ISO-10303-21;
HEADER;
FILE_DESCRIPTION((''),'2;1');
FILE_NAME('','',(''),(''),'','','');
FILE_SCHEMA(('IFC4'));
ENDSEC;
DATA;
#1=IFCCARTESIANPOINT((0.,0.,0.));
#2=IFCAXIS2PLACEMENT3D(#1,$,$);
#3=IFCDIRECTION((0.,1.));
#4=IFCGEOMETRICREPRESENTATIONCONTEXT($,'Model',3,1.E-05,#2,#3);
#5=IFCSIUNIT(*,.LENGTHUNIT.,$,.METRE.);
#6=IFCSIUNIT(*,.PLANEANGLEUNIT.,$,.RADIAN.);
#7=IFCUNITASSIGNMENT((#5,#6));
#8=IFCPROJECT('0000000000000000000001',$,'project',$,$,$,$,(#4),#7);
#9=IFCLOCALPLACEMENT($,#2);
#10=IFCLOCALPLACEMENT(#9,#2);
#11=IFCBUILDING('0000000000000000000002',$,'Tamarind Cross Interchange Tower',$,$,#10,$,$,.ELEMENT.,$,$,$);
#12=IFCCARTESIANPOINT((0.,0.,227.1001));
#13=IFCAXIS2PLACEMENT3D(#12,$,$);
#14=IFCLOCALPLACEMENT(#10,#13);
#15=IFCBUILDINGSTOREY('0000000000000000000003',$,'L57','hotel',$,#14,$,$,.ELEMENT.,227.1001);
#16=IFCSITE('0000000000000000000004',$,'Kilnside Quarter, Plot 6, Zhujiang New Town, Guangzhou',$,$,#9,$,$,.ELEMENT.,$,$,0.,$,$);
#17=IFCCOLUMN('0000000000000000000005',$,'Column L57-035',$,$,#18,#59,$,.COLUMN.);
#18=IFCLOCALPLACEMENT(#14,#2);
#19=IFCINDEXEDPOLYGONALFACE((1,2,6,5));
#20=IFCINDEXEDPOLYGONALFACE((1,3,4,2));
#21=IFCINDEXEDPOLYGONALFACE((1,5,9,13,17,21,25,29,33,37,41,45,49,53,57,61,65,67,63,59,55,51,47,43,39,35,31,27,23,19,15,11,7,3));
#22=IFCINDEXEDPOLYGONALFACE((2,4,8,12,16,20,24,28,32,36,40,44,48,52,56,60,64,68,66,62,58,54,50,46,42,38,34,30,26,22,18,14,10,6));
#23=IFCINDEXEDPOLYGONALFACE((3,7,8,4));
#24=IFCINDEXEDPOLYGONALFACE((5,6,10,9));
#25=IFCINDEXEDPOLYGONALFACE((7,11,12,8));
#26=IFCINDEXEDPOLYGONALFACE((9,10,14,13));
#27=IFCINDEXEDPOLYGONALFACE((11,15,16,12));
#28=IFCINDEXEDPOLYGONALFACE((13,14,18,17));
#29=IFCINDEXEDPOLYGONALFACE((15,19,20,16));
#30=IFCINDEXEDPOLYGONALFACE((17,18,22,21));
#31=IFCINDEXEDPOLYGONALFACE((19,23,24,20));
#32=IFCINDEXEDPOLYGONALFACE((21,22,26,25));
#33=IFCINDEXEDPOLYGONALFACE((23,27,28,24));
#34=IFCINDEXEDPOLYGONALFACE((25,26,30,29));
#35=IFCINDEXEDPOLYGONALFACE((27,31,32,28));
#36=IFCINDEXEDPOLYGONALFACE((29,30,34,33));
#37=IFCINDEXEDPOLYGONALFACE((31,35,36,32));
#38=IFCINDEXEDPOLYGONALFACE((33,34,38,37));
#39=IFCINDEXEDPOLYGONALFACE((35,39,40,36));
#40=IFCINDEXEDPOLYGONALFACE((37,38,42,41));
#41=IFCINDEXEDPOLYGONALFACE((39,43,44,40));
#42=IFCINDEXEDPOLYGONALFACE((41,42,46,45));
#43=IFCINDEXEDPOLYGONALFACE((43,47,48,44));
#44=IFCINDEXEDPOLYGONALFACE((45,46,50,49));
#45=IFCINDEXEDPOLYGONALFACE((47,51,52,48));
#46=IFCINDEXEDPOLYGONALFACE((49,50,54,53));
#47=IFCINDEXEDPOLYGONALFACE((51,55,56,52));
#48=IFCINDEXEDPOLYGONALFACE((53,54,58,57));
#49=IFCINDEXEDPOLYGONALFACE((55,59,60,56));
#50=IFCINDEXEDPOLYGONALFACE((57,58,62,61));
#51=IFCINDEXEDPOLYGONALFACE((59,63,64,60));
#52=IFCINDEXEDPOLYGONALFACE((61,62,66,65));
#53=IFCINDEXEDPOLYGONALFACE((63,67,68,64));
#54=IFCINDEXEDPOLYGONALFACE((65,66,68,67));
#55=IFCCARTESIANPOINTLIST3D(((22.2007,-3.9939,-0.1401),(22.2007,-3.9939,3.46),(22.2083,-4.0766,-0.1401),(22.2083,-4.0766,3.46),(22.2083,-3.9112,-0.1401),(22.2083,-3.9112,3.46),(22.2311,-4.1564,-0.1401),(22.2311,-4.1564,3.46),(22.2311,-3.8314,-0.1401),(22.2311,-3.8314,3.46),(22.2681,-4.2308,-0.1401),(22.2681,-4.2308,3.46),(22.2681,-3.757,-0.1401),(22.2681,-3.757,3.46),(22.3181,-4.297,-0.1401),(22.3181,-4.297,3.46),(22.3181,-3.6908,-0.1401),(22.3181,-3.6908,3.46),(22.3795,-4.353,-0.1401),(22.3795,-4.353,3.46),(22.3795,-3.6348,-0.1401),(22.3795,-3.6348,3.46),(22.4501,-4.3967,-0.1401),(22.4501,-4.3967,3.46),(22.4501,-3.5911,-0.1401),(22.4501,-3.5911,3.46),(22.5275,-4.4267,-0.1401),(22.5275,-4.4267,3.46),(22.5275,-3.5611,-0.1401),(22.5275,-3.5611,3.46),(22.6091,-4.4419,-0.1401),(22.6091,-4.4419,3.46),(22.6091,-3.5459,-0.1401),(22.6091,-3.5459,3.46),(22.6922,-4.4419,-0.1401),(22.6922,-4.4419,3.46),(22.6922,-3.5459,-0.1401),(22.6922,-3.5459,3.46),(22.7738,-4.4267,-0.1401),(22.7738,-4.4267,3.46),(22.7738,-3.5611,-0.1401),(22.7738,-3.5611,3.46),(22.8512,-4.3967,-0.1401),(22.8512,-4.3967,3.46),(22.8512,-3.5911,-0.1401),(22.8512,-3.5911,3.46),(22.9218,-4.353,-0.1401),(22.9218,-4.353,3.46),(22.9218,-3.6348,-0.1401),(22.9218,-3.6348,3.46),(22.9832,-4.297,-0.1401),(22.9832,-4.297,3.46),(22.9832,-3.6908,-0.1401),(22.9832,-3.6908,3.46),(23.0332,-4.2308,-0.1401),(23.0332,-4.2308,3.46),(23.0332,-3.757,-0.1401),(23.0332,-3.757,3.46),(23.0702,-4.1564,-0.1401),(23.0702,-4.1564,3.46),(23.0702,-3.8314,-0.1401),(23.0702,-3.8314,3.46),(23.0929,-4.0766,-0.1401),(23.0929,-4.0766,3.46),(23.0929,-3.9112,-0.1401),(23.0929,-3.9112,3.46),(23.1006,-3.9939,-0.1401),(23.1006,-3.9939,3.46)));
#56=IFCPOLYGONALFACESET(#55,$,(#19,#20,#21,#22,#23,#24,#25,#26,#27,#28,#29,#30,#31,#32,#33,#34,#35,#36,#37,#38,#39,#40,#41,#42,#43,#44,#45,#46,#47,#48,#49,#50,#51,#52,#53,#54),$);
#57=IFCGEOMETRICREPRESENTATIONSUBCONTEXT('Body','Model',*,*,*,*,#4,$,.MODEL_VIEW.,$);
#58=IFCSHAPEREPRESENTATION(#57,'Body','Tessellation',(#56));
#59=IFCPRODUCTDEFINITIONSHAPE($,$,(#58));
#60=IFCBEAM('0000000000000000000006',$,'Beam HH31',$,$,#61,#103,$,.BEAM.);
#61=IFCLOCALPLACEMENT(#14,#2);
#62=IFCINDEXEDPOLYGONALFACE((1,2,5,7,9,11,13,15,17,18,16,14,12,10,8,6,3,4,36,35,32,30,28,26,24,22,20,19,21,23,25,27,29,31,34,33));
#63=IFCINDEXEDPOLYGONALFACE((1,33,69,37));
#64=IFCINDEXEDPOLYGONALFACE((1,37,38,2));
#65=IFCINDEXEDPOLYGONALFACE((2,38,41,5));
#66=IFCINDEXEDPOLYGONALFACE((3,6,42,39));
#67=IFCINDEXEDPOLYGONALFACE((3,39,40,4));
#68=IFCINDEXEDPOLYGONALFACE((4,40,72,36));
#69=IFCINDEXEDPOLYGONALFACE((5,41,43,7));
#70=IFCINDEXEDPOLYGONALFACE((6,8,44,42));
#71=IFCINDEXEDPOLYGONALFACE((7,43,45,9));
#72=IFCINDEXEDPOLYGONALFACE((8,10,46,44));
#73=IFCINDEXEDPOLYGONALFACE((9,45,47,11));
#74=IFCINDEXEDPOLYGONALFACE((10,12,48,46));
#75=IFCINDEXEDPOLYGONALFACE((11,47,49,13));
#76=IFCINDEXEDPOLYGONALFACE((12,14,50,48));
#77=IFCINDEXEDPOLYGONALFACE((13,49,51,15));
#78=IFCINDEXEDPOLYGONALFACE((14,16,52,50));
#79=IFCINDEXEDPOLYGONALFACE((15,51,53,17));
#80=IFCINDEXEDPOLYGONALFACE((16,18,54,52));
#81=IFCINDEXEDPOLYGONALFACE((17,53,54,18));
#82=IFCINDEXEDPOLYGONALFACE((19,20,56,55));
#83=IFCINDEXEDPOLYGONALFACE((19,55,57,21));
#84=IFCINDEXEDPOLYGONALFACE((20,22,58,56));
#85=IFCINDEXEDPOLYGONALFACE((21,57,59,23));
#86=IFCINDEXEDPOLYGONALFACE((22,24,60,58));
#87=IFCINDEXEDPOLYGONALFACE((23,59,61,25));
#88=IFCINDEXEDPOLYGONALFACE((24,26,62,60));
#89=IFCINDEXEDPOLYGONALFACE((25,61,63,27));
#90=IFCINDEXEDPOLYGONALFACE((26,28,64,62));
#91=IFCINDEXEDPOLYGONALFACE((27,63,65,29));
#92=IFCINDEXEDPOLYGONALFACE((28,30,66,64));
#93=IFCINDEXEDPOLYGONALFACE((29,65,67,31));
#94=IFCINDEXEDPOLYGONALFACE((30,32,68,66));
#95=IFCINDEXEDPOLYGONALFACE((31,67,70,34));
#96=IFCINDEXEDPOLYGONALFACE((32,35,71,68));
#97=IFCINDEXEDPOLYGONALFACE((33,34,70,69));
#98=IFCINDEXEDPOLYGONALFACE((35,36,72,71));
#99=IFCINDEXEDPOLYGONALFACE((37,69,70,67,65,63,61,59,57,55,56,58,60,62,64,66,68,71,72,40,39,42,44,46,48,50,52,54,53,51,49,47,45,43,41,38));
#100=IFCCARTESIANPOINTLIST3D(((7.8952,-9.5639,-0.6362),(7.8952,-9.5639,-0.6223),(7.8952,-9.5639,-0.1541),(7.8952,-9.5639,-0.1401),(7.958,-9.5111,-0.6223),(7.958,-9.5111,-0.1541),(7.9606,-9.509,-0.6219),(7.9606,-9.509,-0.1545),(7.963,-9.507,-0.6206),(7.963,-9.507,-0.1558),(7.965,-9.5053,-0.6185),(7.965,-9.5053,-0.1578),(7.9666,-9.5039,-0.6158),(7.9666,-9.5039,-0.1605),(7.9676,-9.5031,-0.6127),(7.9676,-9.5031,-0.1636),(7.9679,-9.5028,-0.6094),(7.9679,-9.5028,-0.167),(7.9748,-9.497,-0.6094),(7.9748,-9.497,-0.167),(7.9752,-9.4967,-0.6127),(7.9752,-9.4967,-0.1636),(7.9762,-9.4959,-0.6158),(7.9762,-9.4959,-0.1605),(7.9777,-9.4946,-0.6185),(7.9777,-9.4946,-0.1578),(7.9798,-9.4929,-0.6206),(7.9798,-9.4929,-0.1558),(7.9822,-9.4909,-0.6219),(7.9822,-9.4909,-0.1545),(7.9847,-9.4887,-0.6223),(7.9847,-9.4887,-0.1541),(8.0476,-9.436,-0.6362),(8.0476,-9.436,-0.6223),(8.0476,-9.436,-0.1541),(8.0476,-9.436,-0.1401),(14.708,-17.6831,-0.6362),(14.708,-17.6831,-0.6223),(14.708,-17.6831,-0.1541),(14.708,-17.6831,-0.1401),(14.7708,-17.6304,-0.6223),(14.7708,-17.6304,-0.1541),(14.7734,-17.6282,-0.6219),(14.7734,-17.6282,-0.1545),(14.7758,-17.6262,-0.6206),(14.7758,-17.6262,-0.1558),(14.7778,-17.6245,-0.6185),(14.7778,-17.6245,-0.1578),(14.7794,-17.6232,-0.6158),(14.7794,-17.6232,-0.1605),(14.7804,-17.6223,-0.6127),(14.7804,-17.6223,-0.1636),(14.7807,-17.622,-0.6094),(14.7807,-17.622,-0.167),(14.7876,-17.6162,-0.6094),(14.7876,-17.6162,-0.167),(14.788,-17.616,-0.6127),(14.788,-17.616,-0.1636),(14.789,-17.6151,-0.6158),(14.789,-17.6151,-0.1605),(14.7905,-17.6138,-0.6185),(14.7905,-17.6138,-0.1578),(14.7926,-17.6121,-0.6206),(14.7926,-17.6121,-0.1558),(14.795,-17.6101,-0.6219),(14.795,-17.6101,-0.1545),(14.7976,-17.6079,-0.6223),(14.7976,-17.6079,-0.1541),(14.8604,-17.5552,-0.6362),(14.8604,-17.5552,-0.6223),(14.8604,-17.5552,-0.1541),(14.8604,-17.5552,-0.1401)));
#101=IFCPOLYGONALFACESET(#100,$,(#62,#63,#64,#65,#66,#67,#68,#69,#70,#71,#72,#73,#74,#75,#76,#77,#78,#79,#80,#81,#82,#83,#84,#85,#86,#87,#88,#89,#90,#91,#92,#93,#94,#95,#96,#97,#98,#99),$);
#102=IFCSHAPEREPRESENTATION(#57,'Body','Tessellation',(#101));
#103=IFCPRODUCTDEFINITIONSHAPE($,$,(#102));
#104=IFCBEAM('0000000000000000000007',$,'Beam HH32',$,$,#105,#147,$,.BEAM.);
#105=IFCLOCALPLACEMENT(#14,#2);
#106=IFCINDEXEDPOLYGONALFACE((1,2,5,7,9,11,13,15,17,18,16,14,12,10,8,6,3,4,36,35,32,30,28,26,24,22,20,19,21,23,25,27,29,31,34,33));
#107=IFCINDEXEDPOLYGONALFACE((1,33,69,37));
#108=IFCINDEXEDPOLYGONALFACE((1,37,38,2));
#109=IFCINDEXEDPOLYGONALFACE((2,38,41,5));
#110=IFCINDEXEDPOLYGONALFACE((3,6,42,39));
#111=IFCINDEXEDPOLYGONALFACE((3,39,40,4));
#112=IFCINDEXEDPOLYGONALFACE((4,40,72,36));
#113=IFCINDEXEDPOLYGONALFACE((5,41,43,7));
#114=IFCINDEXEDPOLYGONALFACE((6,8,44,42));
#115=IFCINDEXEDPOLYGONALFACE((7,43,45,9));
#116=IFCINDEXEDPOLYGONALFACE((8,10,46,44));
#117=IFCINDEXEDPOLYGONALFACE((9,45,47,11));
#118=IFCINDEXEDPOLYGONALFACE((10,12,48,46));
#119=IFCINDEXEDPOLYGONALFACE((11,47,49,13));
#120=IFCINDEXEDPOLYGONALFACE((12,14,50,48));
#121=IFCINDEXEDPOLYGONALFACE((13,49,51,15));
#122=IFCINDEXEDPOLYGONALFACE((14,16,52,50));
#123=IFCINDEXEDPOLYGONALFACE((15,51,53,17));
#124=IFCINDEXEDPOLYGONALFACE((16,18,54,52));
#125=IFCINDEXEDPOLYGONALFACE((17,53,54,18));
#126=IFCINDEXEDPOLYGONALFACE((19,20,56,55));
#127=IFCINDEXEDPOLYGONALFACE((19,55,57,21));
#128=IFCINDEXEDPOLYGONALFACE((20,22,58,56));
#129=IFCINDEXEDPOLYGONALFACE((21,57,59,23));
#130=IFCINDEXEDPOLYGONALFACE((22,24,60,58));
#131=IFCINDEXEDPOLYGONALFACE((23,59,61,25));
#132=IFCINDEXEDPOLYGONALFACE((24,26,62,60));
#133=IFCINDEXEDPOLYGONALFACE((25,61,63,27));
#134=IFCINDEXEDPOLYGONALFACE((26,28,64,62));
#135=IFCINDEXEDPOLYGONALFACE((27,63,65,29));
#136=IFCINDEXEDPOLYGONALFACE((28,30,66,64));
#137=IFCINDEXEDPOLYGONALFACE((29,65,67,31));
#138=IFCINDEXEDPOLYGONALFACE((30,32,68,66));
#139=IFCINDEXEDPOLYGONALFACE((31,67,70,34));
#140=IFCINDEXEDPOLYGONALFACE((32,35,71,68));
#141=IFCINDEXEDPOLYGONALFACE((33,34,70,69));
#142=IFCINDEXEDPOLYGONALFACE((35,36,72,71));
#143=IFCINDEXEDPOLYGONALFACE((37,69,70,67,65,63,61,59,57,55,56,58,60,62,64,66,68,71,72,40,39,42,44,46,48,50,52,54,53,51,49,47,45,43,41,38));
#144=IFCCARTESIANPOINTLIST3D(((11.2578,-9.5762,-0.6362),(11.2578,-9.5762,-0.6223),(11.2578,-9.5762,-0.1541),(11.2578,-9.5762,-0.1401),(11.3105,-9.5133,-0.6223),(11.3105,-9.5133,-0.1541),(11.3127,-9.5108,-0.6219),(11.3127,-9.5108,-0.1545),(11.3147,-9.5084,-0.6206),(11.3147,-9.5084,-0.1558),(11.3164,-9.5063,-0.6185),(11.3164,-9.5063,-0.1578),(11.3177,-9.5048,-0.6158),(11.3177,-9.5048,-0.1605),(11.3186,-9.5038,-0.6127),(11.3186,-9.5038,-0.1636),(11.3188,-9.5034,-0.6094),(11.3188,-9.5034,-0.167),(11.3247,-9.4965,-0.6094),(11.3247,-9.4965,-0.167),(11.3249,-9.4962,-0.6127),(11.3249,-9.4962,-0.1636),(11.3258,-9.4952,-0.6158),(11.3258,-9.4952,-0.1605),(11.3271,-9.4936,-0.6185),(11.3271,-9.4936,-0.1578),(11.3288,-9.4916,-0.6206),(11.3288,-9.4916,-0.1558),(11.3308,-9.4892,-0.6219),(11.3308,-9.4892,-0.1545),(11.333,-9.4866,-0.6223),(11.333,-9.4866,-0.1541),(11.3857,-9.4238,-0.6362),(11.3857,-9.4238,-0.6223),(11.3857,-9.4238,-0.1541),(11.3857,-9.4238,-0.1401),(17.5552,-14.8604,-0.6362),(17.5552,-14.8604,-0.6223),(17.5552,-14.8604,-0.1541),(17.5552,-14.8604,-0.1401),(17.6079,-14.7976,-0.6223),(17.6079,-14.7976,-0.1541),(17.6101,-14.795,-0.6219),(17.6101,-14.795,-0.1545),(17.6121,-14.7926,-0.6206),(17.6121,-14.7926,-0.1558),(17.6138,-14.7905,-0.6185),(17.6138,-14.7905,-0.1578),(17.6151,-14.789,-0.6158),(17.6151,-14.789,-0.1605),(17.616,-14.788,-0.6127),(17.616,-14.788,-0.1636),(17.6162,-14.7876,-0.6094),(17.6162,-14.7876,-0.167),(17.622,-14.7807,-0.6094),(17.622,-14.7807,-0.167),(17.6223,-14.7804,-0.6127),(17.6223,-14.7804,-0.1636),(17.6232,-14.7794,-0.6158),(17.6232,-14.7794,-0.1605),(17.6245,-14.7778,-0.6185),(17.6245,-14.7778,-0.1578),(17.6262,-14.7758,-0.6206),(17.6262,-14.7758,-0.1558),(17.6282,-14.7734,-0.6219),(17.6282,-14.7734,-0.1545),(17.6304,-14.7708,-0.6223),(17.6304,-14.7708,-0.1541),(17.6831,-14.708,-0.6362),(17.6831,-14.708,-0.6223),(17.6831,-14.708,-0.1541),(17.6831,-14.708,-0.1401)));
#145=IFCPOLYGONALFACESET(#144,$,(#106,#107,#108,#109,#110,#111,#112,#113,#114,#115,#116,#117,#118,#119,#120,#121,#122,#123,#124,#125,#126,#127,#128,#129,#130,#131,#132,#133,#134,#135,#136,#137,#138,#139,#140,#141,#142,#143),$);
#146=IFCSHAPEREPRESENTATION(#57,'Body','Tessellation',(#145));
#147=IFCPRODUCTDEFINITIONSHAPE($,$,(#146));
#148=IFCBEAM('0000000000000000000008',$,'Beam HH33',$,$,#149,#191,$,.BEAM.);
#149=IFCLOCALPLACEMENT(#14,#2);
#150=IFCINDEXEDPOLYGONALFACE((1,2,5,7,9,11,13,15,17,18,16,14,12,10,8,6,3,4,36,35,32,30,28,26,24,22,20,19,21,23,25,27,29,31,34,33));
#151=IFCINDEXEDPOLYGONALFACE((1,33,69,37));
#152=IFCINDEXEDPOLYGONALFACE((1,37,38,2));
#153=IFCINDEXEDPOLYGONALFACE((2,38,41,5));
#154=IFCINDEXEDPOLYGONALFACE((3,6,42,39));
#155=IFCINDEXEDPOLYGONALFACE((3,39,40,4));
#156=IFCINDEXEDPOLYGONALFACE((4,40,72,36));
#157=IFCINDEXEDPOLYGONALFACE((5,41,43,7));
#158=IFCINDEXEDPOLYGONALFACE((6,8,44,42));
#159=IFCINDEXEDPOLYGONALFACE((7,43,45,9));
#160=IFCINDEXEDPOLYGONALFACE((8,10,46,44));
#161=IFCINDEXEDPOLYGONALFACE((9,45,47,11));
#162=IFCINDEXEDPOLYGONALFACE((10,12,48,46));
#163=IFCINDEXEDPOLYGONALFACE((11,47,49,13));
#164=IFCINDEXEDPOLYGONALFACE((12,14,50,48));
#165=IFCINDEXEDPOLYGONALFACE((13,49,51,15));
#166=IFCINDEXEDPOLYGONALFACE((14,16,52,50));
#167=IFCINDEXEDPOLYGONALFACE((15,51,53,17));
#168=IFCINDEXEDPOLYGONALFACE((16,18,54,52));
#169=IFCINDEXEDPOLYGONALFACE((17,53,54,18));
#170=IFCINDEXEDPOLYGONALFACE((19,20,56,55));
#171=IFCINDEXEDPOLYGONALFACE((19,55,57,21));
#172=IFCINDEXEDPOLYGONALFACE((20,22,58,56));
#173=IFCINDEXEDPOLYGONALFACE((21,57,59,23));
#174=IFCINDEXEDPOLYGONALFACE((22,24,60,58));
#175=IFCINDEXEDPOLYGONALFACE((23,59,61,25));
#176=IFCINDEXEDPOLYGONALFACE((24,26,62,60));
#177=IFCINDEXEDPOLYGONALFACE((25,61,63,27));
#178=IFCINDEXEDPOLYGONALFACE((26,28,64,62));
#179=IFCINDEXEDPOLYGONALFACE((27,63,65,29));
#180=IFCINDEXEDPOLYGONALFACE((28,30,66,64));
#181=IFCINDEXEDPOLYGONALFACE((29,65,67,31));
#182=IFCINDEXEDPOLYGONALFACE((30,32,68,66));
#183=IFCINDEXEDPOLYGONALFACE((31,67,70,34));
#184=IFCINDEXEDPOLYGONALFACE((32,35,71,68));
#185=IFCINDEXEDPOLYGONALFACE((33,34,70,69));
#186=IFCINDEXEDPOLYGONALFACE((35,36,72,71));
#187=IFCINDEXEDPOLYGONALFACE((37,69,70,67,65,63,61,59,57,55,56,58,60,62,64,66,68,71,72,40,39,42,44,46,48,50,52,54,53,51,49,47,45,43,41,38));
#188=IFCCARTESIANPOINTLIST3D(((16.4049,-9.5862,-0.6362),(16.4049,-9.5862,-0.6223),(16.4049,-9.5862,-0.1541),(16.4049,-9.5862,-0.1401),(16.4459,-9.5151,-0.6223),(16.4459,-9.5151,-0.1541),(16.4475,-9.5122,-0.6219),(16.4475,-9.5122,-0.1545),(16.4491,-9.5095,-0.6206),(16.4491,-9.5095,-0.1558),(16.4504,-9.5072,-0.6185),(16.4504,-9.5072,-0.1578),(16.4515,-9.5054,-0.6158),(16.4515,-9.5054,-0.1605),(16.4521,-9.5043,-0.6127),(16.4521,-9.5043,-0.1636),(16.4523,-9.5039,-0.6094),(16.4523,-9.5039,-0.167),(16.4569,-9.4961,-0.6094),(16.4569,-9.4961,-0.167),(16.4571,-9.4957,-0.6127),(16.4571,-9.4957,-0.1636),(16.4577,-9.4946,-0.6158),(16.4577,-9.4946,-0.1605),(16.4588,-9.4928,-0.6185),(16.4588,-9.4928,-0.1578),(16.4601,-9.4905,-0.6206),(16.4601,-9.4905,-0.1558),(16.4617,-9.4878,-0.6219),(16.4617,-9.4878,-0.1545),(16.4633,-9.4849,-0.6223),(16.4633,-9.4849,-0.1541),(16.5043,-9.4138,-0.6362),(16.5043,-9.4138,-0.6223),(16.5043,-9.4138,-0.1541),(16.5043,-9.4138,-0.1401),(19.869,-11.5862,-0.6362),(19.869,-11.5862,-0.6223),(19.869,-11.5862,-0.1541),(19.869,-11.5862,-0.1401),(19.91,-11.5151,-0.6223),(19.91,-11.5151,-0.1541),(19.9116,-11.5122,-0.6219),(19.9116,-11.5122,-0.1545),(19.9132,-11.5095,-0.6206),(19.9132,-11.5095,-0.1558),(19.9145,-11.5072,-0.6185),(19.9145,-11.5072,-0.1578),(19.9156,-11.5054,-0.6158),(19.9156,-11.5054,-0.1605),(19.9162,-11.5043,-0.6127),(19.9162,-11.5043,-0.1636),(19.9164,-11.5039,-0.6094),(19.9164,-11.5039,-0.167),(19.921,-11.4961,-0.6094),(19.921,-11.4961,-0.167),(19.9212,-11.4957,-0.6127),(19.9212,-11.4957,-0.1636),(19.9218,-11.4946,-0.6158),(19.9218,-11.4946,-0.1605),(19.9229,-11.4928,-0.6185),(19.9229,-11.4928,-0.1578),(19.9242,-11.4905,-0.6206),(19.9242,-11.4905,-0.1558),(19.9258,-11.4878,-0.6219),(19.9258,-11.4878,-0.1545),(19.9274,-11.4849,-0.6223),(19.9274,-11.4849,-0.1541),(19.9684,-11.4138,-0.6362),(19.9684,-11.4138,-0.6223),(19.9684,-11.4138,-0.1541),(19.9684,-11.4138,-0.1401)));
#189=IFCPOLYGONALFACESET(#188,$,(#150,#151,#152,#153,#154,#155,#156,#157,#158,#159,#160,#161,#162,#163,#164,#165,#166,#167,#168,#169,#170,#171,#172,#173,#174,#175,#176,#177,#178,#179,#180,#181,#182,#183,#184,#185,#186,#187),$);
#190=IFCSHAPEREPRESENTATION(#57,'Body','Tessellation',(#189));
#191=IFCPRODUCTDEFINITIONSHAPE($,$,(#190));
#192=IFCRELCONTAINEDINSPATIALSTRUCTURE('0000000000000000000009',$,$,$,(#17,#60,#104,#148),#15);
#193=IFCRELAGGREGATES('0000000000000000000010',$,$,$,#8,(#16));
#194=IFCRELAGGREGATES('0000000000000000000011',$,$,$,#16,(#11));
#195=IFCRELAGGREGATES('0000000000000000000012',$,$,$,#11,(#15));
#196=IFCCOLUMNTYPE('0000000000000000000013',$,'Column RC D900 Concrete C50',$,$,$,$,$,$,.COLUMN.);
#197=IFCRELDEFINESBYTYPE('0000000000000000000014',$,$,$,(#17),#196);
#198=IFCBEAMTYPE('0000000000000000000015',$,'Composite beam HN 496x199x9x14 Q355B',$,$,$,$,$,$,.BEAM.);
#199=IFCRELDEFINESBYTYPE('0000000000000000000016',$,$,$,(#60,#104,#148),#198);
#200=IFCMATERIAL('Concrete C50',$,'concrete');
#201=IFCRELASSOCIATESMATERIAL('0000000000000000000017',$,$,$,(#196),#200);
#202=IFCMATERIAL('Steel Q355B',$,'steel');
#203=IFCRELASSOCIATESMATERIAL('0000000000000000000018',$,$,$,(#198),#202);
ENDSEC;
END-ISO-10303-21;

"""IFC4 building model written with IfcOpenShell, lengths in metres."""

from ifc_helpers import new_model, si_unit, direction, frame, origin, origin_2d, place, context, subcontext, project, spatial, circle, i_section, extrude, material, material_profile, profile_set, type_object, element, save


model = new_model("IFC4")

# Units and contexts
model_context = context("Model", 3, precision=1e-05, world=origin(), true_north=direction((0.0, 1.0)))
body_context = subcontext(model_context, "Body", "Model", "MODEL_VIEW")
ifc_project = project(units=[si_unit("LENGTHUNIT", "METRE"), si_unit("PLANEANGLEUNIT", "RADIAN")], contexts=[model_context])

# Site, building, storey
site_placement = place(None, origin())
site = spatial("IfcSite", under=ifc_project, at=site_placement, Name="Kilnside Quarter, Plot 6, Zhujiang New Town, Guangzhou", CompositionType="ELEMENT", RefElevation=0.0)
building_placement = place(site_placement, origin())
building = spatial("IfcBuilding", under=site, at=building_placement, Name="Tamarind Cross Interchange Tower", CompositionType="ELEMENT")
storey_placement = place(building_placement, frame((0.0, 0.0, 227.1001)))
storey = spatial("IfcBuildingStorey", under=building, at=storey_placement, Name="L57", Description="hotel", CompositionType="ELEMENT", Elevation=227.1001)

# Column
ifc_material_1 = material(Name="Concrete C50", Category="concrete")
ifc_material_profile_1 = material_profile(ifc_material_1, circle(Radius=0.45, at=origin_2d()), Name="RC D900")
ifc_profile_set_1 = profile_set([ifc_material_profile_1], Name="Concrete C50")
column_type = type_object("IfcColumnType", Name="Column RC D900 Concrete C50", PredefinedType="COLUMN", material=ifc_profile_set_1)
for number, where, z_axis, x_axis, name in (
    (1, (22.6506, -3.9939, -0.1401), (0.0, 0.0, 1.0), (1.0, 0.0, 0.0), "Column L57-035"),
):
    element("IfcColumn", number, at=place(storey_placement, frame(where, z_axis=z_axis, x_axis=x_axis)), inside=storey, type_object=column_type, Name=name, PredefinedType="COLUMN", context=body_context, shape_type="SweptSolid", body=[
        extrude(circle(Radius=0.45, at=origin_2d()), origin(), (0.0, 0.0, 1.0), 3.6001),
    ])

# Beams
ifc_material_2 = material(Name="Steel Q355B", Category="steel")
ifc_material_profile_2 = material_profile(ifc_material_2, i_section(OverallWidth=0.199, OverallDepth=0.4961, WebThickness=0.009, FlangeThickness=0.0139, FilletRadius=0.0129, at=origin_2d()), Name="HN 496x199x9x14")
ifc_profile_set_2 = profile_set([ifc_material_profile_2], Name="Steel Q355B")
beam_type = type_object("IfcBeamType", Name="Composite beam HN 496x199x9x14 Q355B", PredefinedType="BEAM", material=ifc_profile_set_2)
beam_1_placement = place(storey_placement, frame((14.7842, -17.6191, -0.3882), z_axis=(-0.642786, 0.766046, 0.0), x_axis=(-0.766046, -0.642786, 0.0)))
element("IfcBeam", 2, at=beam_1_placement, inside=storey, type_object=beam_type, Name="Beam HH31", PredefinedType="BEAM", context=body_context, shape_type="SweptSolid", body=[
    extrude(i_section(OverallWidth=0.199, OverallDepth=0.4961, WebThickness=0.009, FlangeThickness=0.0139, FilletRadius=0.0129, at=origin_2d()), origin(), (0.0, 0.0, 1.0), 10.5989),
])
beam_2_placement = place(storey_placement, frame((17.6191, -14.7842, -0.3882), z_axis=(-0.766041, 0.642792, 0.0), x_axis=(-0.642792, -0.766041, 0.0)))
element("IfcBeam", 3, at=beam_2_placement, inside=storey, type_object=beam_type, Name="Beam HH32", PredefinedType="BEAM", context=body_context, shape_type="SweptSolid", body=[
    extrude(i_section(OverallWidth=0.199, OverallDepth=0.4961, WebThickness=0.009, FlangeThickness=0.0139, FilletRadius=0.0129, at=origin_2d()), origin(), (0.0, 0.0, 1.0), 8.2207),
])
beam_3_placement = place(storey_placement, frame((19.9187, -11.5, -0.3882), z_axis=(-0.866026, 0.499999, 0.0), x_axis=(-0.499999, -0.866026, 0.0)))
element("IfcBeam", 4, at=beam_3_placement, inside=storey, type_object=beam_type, Name="Beam HH33", PredefinedType="BEAM", context=body_context, shape_type="SweptSolid", body=[
    extrude(i_section(OverallWidth=0.199, OverallDepth=0.4961, WebThickness=0.009, FlangeThickness=0.0139, FilletRadius=0.0129, at=origin_2d()), origin(), (0.0, 0.0, 1.0), 4.0),
])

save(model, "model.ifc")
